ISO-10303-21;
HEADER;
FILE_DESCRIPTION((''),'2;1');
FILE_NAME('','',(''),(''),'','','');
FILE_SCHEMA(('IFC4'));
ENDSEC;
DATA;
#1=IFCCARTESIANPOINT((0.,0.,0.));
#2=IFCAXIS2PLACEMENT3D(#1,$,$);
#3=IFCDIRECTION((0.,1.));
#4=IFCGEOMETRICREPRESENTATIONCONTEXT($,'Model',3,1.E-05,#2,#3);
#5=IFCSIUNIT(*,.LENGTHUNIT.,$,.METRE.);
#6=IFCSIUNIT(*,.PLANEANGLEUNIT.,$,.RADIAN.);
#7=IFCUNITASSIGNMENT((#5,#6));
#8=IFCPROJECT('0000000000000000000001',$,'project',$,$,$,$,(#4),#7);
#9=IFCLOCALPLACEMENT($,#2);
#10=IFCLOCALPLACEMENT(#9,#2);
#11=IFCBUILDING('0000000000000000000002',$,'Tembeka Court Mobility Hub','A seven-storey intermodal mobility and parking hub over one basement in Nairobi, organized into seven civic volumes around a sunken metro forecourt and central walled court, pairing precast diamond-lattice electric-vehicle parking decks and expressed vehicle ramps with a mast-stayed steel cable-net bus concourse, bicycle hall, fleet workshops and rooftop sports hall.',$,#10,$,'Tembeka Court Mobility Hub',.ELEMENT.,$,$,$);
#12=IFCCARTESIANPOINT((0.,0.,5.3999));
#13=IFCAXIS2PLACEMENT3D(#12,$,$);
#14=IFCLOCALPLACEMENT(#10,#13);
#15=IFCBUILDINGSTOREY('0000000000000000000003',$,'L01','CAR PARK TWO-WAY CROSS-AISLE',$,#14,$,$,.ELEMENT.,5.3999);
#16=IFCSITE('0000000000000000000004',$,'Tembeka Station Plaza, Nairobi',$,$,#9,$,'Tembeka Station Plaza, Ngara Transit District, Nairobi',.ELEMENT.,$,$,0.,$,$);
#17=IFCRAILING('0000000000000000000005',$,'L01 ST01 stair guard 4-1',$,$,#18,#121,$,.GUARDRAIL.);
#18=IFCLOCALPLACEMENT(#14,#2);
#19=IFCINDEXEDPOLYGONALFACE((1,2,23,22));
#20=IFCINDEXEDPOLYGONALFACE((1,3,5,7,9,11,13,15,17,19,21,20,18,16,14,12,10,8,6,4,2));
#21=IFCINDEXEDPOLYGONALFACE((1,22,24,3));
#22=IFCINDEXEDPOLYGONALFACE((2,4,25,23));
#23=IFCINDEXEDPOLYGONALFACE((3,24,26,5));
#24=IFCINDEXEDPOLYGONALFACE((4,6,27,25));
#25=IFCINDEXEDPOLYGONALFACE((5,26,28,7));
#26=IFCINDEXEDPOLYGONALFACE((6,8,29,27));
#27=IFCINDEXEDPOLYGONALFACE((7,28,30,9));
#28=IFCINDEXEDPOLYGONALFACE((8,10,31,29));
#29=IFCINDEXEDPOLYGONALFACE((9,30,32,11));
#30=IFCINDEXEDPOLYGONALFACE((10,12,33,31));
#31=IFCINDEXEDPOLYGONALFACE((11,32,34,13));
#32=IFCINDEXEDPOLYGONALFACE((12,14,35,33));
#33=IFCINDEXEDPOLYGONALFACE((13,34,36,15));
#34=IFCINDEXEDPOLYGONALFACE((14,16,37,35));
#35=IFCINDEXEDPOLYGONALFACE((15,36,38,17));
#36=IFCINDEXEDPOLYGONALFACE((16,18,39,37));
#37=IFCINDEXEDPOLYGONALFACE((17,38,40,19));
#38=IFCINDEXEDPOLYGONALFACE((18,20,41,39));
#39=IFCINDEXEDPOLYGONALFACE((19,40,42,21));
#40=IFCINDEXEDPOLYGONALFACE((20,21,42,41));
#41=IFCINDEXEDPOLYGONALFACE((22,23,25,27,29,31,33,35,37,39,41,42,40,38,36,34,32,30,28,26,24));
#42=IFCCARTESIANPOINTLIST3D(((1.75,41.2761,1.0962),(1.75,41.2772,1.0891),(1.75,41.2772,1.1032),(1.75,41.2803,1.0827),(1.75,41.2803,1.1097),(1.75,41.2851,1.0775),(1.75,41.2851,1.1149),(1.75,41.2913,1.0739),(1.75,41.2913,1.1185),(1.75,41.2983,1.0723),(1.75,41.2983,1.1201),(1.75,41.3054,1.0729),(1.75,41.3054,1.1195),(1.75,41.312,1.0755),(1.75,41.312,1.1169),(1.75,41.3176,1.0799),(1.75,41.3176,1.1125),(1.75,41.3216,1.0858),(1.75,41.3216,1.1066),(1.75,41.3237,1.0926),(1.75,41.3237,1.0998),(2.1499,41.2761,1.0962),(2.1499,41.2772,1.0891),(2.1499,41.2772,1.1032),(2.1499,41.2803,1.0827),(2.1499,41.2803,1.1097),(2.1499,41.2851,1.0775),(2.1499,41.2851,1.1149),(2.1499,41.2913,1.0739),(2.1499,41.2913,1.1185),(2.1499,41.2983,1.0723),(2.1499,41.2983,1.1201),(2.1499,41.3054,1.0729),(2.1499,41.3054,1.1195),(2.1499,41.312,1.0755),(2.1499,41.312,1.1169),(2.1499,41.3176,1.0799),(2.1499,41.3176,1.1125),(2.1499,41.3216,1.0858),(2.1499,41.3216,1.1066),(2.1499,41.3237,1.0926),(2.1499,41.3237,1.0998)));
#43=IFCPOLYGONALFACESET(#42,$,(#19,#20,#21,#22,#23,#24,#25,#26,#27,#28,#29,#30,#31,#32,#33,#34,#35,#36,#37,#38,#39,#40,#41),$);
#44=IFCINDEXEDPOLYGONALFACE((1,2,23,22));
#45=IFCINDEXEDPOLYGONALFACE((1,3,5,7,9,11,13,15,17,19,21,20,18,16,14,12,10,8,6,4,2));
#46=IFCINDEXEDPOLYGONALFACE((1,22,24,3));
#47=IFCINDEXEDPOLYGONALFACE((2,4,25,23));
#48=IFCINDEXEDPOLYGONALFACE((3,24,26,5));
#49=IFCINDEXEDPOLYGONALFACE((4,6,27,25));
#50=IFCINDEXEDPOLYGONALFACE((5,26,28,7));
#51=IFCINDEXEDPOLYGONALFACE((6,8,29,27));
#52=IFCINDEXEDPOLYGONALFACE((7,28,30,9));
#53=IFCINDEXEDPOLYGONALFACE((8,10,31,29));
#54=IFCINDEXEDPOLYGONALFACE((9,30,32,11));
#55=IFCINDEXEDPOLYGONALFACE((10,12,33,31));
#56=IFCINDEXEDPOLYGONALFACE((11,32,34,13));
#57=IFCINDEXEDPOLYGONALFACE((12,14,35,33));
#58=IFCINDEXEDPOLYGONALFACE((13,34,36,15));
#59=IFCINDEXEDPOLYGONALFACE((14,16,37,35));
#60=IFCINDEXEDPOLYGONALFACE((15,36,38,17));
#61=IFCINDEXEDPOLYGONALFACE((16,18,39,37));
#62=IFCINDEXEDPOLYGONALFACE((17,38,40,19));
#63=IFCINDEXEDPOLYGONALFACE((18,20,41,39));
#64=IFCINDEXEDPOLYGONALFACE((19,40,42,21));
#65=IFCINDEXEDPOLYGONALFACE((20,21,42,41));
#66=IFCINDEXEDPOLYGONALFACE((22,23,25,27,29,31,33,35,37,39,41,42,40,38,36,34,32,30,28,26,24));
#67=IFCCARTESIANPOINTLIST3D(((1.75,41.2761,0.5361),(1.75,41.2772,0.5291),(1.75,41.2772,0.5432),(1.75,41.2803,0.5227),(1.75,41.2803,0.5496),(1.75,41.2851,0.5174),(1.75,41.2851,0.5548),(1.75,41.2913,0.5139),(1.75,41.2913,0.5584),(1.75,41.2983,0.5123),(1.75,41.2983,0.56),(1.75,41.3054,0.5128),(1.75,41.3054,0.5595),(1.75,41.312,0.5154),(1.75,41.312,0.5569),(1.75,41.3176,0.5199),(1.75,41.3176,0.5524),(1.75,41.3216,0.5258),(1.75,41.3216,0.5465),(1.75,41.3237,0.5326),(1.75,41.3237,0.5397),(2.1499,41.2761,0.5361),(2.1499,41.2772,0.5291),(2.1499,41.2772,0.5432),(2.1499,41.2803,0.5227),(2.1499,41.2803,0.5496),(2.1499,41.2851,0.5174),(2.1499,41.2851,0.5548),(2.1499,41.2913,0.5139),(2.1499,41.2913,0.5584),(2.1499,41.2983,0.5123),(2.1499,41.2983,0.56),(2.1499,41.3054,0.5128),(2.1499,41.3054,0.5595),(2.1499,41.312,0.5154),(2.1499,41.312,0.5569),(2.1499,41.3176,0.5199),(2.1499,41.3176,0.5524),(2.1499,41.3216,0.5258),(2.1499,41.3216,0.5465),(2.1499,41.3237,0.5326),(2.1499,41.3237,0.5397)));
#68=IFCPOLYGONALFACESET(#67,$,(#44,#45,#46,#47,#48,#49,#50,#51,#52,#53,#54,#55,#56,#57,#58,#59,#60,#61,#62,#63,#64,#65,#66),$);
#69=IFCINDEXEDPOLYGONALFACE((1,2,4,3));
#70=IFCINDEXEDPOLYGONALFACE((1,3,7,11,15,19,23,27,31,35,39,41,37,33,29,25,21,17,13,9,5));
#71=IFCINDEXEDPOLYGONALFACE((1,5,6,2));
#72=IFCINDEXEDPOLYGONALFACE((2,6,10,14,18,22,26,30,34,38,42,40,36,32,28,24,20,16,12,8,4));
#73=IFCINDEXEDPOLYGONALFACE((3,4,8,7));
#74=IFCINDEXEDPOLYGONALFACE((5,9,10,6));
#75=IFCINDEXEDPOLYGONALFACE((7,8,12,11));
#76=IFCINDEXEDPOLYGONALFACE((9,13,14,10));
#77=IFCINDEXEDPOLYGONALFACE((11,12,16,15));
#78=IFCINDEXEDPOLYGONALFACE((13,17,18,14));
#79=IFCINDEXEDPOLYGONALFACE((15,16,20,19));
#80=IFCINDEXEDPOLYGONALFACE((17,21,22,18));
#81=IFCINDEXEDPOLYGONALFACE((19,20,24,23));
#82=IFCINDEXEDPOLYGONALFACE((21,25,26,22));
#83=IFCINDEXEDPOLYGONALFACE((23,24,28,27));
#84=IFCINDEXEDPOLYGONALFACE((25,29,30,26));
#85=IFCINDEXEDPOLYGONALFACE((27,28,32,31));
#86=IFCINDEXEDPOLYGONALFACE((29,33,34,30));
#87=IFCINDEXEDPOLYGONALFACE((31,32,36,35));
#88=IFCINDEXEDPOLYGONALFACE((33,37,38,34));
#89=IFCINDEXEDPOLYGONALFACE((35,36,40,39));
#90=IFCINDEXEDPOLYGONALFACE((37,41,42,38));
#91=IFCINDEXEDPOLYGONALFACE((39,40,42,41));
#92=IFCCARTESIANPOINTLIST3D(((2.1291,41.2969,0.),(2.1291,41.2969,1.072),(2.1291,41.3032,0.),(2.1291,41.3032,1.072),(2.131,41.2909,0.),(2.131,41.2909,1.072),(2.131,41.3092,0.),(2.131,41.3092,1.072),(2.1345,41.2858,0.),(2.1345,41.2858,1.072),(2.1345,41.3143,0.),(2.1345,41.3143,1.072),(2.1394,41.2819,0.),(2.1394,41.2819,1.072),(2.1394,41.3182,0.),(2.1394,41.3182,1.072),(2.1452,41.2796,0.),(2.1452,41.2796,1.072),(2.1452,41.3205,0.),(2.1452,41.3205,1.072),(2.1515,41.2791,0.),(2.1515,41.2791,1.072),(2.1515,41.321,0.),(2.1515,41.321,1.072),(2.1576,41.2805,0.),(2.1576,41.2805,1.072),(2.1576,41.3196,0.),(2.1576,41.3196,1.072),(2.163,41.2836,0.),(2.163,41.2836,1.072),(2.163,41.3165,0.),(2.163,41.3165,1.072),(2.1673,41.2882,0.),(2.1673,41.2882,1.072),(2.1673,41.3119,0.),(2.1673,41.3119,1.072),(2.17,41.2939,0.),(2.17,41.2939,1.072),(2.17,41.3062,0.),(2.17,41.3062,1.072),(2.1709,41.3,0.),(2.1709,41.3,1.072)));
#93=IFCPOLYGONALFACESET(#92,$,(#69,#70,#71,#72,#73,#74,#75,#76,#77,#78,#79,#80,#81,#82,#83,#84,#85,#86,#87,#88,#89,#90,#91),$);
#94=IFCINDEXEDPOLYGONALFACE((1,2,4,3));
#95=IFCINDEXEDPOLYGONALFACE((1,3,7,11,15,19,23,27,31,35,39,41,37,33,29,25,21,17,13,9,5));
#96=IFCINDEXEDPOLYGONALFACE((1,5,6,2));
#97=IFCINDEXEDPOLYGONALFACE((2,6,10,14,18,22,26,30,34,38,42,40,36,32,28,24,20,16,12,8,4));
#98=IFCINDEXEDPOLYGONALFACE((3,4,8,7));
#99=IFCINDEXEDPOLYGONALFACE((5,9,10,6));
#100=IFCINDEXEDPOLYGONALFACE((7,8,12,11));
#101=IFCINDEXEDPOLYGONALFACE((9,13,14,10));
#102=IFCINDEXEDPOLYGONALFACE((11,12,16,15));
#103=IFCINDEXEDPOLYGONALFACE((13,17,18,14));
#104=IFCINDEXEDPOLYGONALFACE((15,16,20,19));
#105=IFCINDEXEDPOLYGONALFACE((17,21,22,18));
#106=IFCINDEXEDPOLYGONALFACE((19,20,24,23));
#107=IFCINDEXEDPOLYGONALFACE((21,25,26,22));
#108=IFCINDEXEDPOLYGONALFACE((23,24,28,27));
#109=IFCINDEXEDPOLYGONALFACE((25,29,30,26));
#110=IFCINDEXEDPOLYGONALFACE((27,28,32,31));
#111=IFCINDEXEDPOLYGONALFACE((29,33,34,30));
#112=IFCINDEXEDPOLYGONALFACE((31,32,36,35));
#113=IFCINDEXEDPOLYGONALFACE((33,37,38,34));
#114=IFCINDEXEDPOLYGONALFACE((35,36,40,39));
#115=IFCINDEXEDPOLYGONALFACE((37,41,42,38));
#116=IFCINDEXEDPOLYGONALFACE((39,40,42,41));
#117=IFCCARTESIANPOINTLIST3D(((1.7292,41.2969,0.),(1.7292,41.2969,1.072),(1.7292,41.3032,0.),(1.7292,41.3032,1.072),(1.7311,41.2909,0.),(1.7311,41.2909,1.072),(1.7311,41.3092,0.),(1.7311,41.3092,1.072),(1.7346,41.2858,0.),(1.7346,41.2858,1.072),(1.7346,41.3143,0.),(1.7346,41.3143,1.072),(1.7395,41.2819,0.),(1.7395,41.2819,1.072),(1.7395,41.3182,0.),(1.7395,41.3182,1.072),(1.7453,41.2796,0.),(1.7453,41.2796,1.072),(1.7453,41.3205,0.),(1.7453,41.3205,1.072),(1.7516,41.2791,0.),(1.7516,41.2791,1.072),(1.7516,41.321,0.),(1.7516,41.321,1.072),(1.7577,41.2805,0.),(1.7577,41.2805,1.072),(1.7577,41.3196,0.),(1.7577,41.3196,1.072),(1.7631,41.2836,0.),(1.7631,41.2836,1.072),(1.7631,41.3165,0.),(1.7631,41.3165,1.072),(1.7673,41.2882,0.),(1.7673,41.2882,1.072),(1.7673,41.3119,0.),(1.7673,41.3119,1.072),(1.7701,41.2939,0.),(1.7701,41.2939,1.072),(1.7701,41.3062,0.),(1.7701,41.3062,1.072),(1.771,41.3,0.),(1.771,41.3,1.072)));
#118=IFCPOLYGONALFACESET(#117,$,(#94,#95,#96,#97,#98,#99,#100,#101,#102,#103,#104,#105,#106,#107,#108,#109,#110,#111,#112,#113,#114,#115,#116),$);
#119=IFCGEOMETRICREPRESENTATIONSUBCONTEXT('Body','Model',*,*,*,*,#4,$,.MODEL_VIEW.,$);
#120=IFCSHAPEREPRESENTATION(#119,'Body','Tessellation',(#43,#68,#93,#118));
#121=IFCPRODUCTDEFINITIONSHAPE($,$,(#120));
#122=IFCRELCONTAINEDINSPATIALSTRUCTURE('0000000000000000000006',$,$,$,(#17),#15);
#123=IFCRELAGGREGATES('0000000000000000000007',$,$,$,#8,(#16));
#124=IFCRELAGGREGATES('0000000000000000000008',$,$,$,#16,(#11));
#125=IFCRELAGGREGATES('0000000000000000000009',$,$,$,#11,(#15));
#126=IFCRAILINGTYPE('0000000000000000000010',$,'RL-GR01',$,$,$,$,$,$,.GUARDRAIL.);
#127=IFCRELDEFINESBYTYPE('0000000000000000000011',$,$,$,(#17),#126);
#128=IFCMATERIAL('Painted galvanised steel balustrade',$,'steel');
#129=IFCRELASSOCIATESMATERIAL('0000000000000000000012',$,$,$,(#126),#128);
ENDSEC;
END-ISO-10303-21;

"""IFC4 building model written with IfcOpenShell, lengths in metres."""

from ifc_helpers import new_model, si_unit, direction, frame, origin, origin_2d, place, context, subcontext, project, spatial, circle, extrude, material, type_object, element, save


model = new_model("IFC4")

# Units and contexts
model_context = context("Model", 3, precision=1e-05, world=origin(), true_north=direction((0.0, 1.0)))
body_context = subcontext(model_context, "Body", "Model", "MODEL_VIEW")
ifc_project = project(units=[si_unit("LENGTHUNIT", "METRE"), si_unit("PLANEANGLEUNIT", "RADIAN")], contexts=[model_context])

# Site, building, storey
site_placement = place(None, origin())
site = spatial("IfcSite", under=ifc_project, at=site_placement, Name="Tembeka Station Plaza, Nairobi", LongName="Tembeka Station Plaza, Ngara Transit District, Nairobi", CompositionType="ELEMENT", RefElevation=0.0)
building_placement = place(site_placement, origin())
building = spatial("IfcBuilding", under=site, at=building_placement, Name="Tembeka Court Mobility Hub", Description="A seven-storey intermodal mobility and parking hub over one basement in Nairobi, organized into seven civic volumes around a sunken metro forecourt and central walled court, pairing precast diamond-lattice electric-vehicle parking decks and expressed vehicle ramps with a mast-stayed steel cable-net bus concourse, bicycle hall, fleet workshops and rooftop sports hall.", LongName="Tembeka Court Mobility Hub", CompositionType="ELEMENT")
storey_placement = place(building_placement, frame((0.0, 0.0, 5.3999)))
storey = spatial("IfcBuildingStorey", under=building, at=storey_placement, Name="L01", Description="CAR PARK TWO-WAY CROSS-AISLE", CompositionType="ELEMENT", Elevation=5.3999)

# Railing
ifc_material_1 = material(Name="Painted galvanised steel balustrade", Category="steel")
railing_type_1 = type_object("IfcRailingType", Name="RL-GR01", PredefinedType="GUARDRAIL", material=ifc_material_1)
railing_1_placement = place(storey_placement, frame((2.1499, 41.3, 0.0)))
element("IfcRailing", 1, at=railing_1_placement, inside=storey, type_object=railing_type_1, Name="L01 ST01 stair guard 4-1", PredefinedType="GUARDRAIL", context=body_context, shape_type="SweptSolid", body=[
    extrude(circle(Radius=0.0239, at=origin_2d()), frame((0.0, 0.0, 1.0962), z_axis=(-1.0, 0.0, 0.0), x_axis=(0.0, -1.0, 0.0)), (0.0, 0.0, 1.0), 0.3999),
    extrude(circle(Radius=0.0239, at=origin_2d()), frame((0.0, 0.0, 0.5361), z_axis=(-1.0, 0.0, 0.0), x_axis=(0.0, -1.0, 0.0)), (0.0, 0.0, 1.0), 0.3999),
    extrude(circle(Radius=0.021, at=origin_2d()), origin(), (0.0, 0.0, 1.0), 1.072),
    extrude(circle(Radius=0.021, at=origin_2d()), frame((-0.3999, 0.0, 0.0)), (0.0, 0.0, 1.0), 1.072),
])

save(model, "model.ifc")
